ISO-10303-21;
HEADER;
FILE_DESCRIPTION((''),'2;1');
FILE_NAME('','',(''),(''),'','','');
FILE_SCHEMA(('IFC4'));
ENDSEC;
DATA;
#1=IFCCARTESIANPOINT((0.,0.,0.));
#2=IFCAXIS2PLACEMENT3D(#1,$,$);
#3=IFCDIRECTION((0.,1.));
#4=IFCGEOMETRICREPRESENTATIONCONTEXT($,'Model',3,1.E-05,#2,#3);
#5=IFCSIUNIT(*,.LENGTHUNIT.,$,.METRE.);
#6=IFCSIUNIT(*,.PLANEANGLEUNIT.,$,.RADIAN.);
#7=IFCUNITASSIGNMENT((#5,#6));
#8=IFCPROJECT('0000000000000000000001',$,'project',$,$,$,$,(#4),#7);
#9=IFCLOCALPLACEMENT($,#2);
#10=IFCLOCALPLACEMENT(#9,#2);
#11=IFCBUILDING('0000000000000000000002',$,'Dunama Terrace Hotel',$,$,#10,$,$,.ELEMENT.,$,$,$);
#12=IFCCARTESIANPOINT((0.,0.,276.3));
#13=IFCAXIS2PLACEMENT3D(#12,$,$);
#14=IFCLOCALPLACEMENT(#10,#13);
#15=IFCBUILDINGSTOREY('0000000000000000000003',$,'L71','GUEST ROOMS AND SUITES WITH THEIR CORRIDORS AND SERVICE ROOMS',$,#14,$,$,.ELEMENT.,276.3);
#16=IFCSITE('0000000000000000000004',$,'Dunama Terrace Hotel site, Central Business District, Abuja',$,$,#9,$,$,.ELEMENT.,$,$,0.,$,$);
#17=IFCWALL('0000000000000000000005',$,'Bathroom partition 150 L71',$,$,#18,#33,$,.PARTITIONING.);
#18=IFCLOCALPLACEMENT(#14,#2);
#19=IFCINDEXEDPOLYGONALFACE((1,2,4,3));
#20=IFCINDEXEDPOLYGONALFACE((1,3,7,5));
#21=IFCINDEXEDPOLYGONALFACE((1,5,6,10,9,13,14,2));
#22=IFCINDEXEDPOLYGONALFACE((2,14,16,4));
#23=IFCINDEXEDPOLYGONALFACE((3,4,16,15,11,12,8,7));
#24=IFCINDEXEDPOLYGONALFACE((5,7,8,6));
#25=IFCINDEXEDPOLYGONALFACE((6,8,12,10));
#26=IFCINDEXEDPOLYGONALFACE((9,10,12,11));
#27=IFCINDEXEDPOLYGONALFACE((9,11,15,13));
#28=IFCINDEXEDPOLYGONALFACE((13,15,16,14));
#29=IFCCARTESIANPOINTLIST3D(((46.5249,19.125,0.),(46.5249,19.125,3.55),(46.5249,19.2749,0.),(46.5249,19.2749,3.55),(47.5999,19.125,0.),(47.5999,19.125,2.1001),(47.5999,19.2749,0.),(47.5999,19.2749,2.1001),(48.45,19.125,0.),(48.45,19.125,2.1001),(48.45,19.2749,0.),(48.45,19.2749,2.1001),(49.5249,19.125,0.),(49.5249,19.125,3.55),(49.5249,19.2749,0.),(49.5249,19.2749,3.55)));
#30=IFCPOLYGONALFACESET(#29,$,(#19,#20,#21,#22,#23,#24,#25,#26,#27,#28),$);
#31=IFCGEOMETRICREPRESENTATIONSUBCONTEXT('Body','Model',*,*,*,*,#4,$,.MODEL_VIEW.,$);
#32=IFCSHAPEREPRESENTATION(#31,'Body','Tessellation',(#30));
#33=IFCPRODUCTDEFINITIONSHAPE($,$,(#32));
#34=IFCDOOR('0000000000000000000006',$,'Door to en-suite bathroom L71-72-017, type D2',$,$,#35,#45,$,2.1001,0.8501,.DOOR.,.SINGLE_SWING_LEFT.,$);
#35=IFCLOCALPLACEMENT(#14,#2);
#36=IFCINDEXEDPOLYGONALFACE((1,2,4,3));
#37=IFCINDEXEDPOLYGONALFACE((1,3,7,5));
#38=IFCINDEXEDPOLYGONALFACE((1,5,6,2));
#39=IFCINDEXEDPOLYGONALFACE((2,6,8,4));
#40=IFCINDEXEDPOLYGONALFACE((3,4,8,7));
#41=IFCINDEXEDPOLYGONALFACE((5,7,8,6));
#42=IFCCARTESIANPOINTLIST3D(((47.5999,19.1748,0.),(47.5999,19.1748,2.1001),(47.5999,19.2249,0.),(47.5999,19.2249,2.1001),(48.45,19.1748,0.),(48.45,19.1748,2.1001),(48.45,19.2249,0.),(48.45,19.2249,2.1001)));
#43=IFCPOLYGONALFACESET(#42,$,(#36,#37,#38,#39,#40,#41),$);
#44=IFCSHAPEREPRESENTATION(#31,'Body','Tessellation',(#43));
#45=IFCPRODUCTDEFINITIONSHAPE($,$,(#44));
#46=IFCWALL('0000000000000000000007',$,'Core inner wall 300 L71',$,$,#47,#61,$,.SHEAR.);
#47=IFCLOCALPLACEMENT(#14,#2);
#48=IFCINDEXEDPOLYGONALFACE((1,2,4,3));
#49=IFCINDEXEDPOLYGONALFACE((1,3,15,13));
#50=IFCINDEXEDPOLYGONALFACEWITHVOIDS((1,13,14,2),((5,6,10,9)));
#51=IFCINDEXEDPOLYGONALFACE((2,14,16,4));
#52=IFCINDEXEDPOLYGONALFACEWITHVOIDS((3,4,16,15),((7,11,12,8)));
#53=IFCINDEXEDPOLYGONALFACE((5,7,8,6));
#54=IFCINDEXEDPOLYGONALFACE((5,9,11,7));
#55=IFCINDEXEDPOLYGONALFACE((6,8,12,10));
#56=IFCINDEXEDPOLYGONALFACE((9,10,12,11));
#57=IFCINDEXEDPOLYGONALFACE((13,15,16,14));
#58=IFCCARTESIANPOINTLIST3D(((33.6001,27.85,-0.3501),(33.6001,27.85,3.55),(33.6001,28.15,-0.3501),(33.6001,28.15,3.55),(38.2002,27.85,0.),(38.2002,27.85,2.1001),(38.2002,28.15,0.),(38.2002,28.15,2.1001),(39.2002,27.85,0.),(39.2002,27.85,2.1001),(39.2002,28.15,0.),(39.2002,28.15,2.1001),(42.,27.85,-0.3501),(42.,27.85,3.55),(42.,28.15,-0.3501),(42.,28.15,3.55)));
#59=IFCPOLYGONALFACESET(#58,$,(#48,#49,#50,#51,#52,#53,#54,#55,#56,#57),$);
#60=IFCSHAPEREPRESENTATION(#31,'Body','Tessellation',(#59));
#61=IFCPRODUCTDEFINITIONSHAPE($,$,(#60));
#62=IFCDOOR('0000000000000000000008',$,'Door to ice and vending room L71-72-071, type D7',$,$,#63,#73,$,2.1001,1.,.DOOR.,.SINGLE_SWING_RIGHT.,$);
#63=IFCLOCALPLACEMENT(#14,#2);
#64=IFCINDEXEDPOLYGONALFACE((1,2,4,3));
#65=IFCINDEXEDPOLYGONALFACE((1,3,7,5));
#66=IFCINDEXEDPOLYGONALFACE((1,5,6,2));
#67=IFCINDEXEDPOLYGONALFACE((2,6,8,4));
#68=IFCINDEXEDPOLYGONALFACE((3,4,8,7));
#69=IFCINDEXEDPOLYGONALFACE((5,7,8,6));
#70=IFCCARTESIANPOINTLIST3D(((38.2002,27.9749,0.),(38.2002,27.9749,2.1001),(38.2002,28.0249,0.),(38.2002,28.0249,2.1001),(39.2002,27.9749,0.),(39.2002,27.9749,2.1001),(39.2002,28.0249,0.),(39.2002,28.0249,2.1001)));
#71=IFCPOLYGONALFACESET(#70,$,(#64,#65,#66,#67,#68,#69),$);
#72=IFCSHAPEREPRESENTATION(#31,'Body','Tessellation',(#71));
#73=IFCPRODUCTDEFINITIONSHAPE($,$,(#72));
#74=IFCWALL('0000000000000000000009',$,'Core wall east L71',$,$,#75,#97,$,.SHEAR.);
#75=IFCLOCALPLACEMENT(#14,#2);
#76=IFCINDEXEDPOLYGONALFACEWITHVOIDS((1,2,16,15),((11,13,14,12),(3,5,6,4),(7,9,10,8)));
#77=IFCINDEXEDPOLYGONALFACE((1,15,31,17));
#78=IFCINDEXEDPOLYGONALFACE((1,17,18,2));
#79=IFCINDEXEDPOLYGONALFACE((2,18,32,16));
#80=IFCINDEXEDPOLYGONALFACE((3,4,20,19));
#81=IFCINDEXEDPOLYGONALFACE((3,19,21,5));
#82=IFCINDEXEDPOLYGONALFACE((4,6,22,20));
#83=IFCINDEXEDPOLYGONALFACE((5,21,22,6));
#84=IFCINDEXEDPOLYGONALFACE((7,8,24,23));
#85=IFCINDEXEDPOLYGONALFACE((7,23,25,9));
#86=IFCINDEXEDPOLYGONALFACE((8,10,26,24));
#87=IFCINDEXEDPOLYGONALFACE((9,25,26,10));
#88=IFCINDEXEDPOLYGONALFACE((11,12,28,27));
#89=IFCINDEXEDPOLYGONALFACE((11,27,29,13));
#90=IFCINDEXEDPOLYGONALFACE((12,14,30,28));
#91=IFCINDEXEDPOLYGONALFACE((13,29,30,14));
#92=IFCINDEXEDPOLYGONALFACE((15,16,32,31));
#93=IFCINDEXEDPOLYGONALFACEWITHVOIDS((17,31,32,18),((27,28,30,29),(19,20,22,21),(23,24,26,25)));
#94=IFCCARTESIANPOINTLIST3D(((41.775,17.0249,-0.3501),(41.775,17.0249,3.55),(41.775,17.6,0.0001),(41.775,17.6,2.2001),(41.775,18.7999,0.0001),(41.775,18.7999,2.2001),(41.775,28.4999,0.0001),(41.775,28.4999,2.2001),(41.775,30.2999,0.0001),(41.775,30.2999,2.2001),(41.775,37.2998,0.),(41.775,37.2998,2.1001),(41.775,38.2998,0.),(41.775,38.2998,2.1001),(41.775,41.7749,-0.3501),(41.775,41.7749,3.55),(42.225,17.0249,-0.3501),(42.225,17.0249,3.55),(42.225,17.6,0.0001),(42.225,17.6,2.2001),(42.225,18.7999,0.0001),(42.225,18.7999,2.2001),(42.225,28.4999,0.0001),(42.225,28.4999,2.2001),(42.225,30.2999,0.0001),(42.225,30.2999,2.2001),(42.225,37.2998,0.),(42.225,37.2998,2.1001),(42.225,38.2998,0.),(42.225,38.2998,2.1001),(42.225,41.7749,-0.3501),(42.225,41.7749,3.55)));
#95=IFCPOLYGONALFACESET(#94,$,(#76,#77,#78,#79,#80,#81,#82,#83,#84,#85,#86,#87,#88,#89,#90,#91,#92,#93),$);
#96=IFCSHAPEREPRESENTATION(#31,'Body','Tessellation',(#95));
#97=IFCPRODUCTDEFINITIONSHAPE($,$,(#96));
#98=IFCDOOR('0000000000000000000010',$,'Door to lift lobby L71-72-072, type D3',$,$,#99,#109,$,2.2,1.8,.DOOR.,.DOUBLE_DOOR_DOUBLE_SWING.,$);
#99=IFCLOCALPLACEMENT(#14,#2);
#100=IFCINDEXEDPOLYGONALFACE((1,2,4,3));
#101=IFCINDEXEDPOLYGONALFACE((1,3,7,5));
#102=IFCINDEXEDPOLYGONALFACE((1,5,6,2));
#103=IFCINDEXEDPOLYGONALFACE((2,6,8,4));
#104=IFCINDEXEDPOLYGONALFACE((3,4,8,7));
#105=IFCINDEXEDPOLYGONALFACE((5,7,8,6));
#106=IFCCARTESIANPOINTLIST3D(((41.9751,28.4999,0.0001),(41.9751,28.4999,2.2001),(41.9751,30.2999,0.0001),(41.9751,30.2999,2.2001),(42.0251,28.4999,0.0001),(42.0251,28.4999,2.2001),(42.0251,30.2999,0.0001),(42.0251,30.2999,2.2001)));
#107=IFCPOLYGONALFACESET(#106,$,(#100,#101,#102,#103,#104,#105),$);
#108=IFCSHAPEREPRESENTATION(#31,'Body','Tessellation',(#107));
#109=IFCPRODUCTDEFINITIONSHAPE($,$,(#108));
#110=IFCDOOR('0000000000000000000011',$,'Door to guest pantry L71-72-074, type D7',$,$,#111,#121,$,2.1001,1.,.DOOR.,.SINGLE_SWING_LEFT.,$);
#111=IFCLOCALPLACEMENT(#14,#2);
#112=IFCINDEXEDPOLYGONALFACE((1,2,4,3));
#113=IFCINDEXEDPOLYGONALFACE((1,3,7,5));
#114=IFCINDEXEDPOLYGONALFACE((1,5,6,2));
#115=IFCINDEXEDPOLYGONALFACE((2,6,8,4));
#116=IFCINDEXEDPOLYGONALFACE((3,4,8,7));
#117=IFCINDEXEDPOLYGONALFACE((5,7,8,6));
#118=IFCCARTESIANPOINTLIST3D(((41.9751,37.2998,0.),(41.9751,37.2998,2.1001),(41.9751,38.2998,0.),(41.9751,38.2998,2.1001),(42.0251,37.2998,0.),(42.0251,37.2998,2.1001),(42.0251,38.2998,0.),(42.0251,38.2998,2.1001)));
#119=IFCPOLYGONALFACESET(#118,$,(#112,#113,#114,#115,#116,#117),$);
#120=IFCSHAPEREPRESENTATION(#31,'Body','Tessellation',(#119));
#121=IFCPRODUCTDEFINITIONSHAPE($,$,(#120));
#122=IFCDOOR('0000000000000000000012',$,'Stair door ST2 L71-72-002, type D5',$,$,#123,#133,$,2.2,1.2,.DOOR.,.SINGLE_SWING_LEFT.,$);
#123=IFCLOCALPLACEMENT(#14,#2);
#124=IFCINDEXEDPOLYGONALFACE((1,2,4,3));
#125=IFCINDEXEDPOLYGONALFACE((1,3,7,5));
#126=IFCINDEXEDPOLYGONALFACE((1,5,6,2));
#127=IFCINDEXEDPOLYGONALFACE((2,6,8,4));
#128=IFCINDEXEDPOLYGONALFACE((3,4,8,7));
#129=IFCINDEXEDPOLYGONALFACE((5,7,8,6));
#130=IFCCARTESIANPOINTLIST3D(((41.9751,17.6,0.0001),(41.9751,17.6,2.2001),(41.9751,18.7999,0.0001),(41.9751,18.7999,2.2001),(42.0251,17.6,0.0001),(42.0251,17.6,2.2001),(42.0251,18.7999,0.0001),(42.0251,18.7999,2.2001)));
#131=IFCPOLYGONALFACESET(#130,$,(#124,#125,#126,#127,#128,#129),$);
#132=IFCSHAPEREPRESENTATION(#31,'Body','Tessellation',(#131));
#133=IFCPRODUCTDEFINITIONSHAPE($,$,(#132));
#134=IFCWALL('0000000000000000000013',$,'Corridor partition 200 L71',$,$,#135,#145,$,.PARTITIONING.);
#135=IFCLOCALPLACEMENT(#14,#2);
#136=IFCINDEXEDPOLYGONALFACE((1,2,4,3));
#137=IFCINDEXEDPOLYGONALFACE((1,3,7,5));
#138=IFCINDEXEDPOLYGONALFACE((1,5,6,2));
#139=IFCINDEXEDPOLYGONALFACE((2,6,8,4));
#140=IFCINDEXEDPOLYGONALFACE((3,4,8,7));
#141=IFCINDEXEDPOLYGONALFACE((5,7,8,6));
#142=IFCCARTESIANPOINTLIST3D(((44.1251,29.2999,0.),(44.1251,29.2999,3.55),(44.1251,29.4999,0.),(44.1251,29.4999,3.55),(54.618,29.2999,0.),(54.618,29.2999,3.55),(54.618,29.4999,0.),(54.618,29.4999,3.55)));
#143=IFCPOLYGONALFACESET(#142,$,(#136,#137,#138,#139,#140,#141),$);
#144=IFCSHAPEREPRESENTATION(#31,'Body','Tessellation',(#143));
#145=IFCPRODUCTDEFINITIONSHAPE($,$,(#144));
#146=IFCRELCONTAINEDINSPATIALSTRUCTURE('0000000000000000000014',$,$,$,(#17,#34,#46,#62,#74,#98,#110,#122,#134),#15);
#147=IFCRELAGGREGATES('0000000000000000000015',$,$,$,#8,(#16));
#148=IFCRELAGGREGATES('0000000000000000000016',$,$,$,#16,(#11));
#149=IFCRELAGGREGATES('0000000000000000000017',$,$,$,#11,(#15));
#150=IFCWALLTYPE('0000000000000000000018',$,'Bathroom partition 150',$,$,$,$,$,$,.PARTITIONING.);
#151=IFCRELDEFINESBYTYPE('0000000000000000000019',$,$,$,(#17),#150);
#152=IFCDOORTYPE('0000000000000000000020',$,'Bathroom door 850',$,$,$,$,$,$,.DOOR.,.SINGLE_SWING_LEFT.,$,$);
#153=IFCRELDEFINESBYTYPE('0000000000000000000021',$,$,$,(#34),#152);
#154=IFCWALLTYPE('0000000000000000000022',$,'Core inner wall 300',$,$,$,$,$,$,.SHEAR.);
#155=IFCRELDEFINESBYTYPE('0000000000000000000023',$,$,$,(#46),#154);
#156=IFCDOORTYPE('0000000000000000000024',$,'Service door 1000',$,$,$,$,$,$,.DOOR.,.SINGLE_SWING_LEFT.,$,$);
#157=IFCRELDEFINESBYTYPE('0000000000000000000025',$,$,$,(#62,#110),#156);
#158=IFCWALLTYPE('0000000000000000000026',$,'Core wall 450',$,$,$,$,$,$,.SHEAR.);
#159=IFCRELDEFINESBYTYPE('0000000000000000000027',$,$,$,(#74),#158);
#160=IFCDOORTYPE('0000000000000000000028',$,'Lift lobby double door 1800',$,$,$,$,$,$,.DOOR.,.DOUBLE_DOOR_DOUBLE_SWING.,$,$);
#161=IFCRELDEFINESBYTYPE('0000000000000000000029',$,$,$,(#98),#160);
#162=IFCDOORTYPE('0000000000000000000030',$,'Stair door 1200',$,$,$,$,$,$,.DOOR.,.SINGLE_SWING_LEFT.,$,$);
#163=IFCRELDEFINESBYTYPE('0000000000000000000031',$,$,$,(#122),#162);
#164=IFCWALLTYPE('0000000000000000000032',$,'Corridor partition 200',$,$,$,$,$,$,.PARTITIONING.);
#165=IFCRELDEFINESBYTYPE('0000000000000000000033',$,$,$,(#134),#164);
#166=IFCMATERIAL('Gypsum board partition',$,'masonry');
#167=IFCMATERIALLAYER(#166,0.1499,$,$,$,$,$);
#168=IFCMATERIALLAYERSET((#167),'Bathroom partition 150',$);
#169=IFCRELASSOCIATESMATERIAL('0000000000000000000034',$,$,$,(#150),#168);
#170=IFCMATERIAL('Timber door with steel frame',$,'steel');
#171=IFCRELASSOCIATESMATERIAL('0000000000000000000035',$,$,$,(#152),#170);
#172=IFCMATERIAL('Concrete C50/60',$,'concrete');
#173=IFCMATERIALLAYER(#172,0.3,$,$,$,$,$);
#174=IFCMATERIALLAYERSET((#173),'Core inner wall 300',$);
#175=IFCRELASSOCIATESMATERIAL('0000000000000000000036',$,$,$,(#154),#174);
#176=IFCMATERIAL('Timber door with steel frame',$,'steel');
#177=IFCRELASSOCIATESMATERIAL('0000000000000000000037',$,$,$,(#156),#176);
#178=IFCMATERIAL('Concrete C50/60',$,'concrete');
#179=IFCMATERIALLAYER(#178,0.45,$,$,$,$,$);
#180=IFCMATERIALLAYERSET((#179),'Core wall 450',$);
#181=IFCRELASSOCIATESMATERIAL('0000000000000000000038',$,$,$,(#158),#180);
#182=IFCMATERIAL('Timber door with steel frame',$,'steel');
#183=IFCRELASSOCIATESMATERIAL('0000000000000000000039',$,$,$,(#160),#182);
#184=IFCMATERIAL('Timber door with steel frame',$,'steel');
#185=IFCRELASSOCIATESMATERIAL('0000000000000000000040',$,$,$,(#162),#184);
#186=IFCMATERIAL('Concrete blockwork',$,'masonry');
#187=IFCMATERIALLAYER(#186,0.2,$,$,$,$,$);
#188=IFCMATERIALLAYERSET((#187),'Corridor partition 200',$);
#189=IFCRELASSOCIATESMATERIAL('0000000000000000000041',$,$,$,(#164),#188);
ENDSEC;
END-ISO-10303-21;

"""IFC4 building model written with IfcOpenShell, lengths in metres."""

from ifc_helpers import new_model, si_unit, direction, frame, frame_2d, origin, place, context, subcontext, project, spatial, rectangle, extrude, material, layer, layer_set, type_object, element, fill, save


model = new_model("IFC4")

# Units and contexts
model_context = context("Model", 3, precision=1e-05, world=origin(), true_north=direction((0.0, 1.0)))
body_context = subcontext(model_context, "Body", "Model", "MODEL_VIEW")
ifc_project = project(units=[si_unit("LENGTHUNIT", "METRE"), si_unit("PLANEANGLEUNIT", "RADIAN")], contexts=[model_context])

# Site, building, storey
site_placement = place(None, origin())
site = spatial("IfcSite", under=ifc_project, at=site_placement, Name="Dunama Terrace Hotel site, Central Business District, Abuja", CompositionType="ELEMENT", RefElevation=0.0)
building_placement = place(site_placement, origin())
building = spatial("IfcBuilding", under=site, at=building_placement, Name="Dunama Terrace Hotel", CompositionType="ELEMENT")
storey_placement = place(building_placement, frame((0.0, 0.0, 276.3)))
storey = spatial("IfcBuildingStorey", under=building, at=storey_placement, Name="L71", Description="GUEST ROOMS AND SUITES WITH THEIR CORRIDORS AND SERVICE ROOMS", CompositionType="ELEMENT", Elevation=276.3)

# Walls, openings, doors
ifc_material_1 = material(Name="Gypsum board partition", Category="masonry")
ifc_layer_1 = layer(ifc_material_1, 0.1499)
ifc_layer_set_1 = layer_set([ifc_layer_1], Name="Bathroom partition 150")
wall_type_1 = type_object("IfcWallType", Name="Bathroom partition 150", PredefinedType="PARTITIONING", material=ifc_layer_set_1)
wall_1_placement = place(storey_placement, frame((46.5249, 19.2, 0.0), z_axis=(0.0, 0.0, 1.0), x_axis=(1.0, 0.0, 0.0)))
wall_1 = element("IfcWall", 1, at=wall_1_placement, inside=storey, type_object=wall_type_1, Name="Bathroom partition 150 L71", PredefinedType="PARTITIONING", context=body_context, shape_type="SweptSolid", body=[
    extrude(rectangle(XDim=3.0, YDim=0.1499, at=frame_2d((1.5, 0.0))), origin(), (0.0, 0.0, 1.0), 3.55),
])
opening_1_placement = place(wall_1_placement, frame((1.075, 0.0, 0.0)))
opening_1 = element("IfcOpeningElement", 2, at=opening_1_placement, cuts=wall_1, PredefinedType="OPENING", context=body_context, shape_type="SweptSolid", body=[
    extrude(rectangle(XDim=0.8501, YDim=2.1001, at=frame_2d((0.425, 1.05))), frame((0.0, 0.085, 0.0), z_axis=(0.0, -1.0, 0.0), x_axis=(1.0, 0.0, 0.0)), (0.0, 0.0, 1.0), 0.1699),
])
ifc_material_2 = material(Name="Timber door with steel frame", Category="steel")
door_type_1 = type_object("IfcDoorType", Name="Bathroom door 850", OperationType="SINGLE_SWING_LEFT", PredefinedType="DOOR", material=ifc_material_2)
door_1_placement = place(opening_1_placement, frame((0.8501, 0.0, 0.0), z_axis=(0.0, 0.0, 1.0), x_axis=(-1.0, 0.0, 0.0)))
door_1 = element("IfcDoor", 3, at=door_1_placement, inside=storey, type_object=door_type_1, Name="Door to en-suite bathroom L71-72-017, type D2", OperationType="SINGLE_SWING_LEFT", OverallHeight=2.1001, OverallWidth=0.8501, PredefinedType="DOOR", context=body_context, shape_type="SweptSolid", body=[
    extrude(rectangle(XDim=0.8501, YDim=2.1001, at=frame_2d((0.425, 1.05))), frame((0.0, 0.0251, 0.0), z_axis=(0.0, -1.0, 0.0), x_axis=(1.0, 0.0, 0.0)), (0.0, 0.0, 1.0), 0.05),
])
fill(opening_1, door_1)
ifc_material_3 = material(Name="Concrete C50/60", Category="concrete")
ifc_layer_2 = layer(ifc_material_3, 0.3)
ifc_layer_set_2 = layer_set([ifc_layer_2], Name="Core inner wall 300")
wall_type_2 = type_object("IfcWallType", Name="Core inner wall 300", PredefinedType="SHEAR", material=ifc_layer_set_2)
wall_2_placement = place(storey_placement, frame((33.6001, 28.0, -0.3501), z_axis=(0.0, 0.0, 1.0), x_axis=(1.0, 0.0, 0.0)))
wall_2 = element("IfcWall", 4, at=wall_2_placement, inside=storey, type_object=wall_type_2, Name="Core inner wall 300 L71", PredefinedType="SHEAR", context=body_context, shape_type="SweptSolid", body=[
    extrude(rectangle(XDim=8.3999, YDim=0.3, at=frame_2d((4.2, 0.0))), origin(), (0.0, 0.0, 1.0), 3.9001),
])
opening_2_placement = place(wall_2_placement, frame((4.6001, 0.0, 0.3501)))
opening_2 = element("IfcOpeningElement", 5, at=opening_2_placement, cuts=wall_2, PredefinedType="OPENING", context=body_context, shape_type="SweptSolid", body=[
    extrude(rectangle(XDim=1.0, YDim=2.1001, at=frame_2d((0.5, 1.05))), frame((0.0, 0.1599, 0.0), z_axis=(0.0, -1.0, 0.0), x_axis=(1.0, 0.0, 0.0)), (0.0, 0.0, 1.0), 0.3201),
])
ifc_material_4 = material(Name="Timber door with steel frame", Category="steel")
door_type_2 = type_object("IfcDoorType", Name="Service door 1000", OperationType="SINGLE_SWING_LEFT", PredefinedType="DOOR", material=ifc_material_4)
door_2_placement = place(opening_2_placement, frame((1.0, 0.0, 0.0), z_axis=(0.0, 0.0, 1.0), x_axis=(-1.0, 0.0, 0.0)))
door_2 = element("IfcDoor", 6, at=door_2_placement, inside=storey, type_object=door_type_2, Name="Door to ice and vending room L71-72-071, type D7", OperationType="SINGLE_SWING_RIGHT", OverallHeight=2.1001, OverallWidth=1.0, PredefinedType="DOOR", context=body_context, shape_type="SweptSolid", body=[
    extrude(rectangle(XDim=1.0, YDim=2.1001, at=frame_2d((0.5, 1.05))), frame((0.0, 0.0251, 0.0), z_axis=(0.0, -1.0, 0.0), x_axis=(1.0, 0.0, 0.0)), (0.0, 0.0, 1.0), 0.05),
])
fill(opening_2, door_2)

# Wall, openings, doors
ifc_material_5 = material(Name="Concrete C50/60", Category="concrete")
ifc_layer_3 = layer(ifc_material_5, 0.45)
ifc_layer_set_3 = layer_set([ifc_layer_3], Name="Core wall 450")
wall_type_3 = type_object("IfcWallType", Name="Core wall 450", PredefinedType="SHEAR", material=ifc_layer_set_3)
wall_3_placement = place(storey_placement, frame((42.0, 17.0249, -0.3501), z_axis=(0.0, 0.0, 1.0), x_axis=(0.0, 1.0, 0.0)))
wall_3 = element("IfcWall", 7, at=wall_3_placement, inside=storey, type_object=wall_type_3, Name="Core wall east L71", PredefinedType="SHEAR", context=body_context, shape_type="SweptSolid", body=[
    extrude(rectangle(XDim=24.75, YDim=0.45, at=frame_2d((12.375, 0.0))), origin(), (0.0, 0.0, 1.0), 3.9001),
])
opening_3_placement = place(wall_3_placement, frame((0.575, 0.0, 0.3501)))
opening_3 = element("IfcOpeningElement", 8, at=opening_3_placement, cuts=wall_3, PredefinedType="OPENING", context=body_context, shape_type="SweptSolid", body=[
    extrude(rectangle(XDim=1.2, YDim=2.2, at=frame_2d((0.6001, 1.1001))), frame((0.0, 0.2349, 0.0), z_axis=(0.0, -1.0, 0.0), x_axis=(1.0, 0.0, 0.0)), (0.0, 0.0, 1.0), 0.47),
])
opening_4_placement = place(wall_3_placement, frame((11.4751, 0.0, 0.3501)))
opening_4 = element("IfcOpeningElement", 9, at=opening_4_placement, cuts=wall_3, PredefinedType="OPENING", context=body_context, shape_type="SweptSolid", body=[
    extrude(rectangle(XDim=1.8, YDim=2.2, at=frame_2d((0.8999, 1.1001))), frame((0.0, 0.2349, 0.0), z_axis=(0.0, -1.0, 0.0), x_axis=(1.0, 0.0, 0.0)), (0.0, 0.0, 1.0), 0.47),
])
opening_5_placement = place(wall_3_placement, frame((20.2749, 0.0, 0.3501)))
opening_5 = element("IfcOpeningElement", 10, at=opening_5_placement, cuts=wall_3, PredefinedType="OPENING", context=body_context, shape_type="SweptSolid", body=[
    extrude(rectangle(XDim=1.0, YDim=2.1001, at=frame_2d((0.5, 1.05))), frame((0.0, 0.2349, 0.0), z_axis=(0.0, -1.0, 0.0), x_axis=(1.0, 0.0, 0.0)), (0.0, 0.0, 1.0), 0.47),
])
ifc_material_6 = material(Name="Timber door with steel frame", Category="steel")
door_type_3 = type_object("IfcDoorType", Name="Lift lobby double door 1800", OperationType="DOUBLE_DOOR_DOUBLE_SWING", PredefinedType="DOOR", material=ifc_material_6)
door_3_placement = place(opening_4_placement, origin())
door_3 = element("IfcDoor", 11, at=door_3_placement, inside=storey, type_object=door_type_3, Name="Door to lift lobby L71-72-072, type D3", OperationType="DOUBLE_DOOR_DOUBLE_SWING", OverallHeight=2.2, OverallWidth=1.8, PredefinedType="DOOR", context=body_context, shape_type="SweptSolid", body=[
    extrude(rectangle(XDim=1.8, YDim=2.2, at=frame_2d((0.8999, 1.1001))), frame((0.0, 0.0249, 0.0), z_axis=(0.0, -1.0, 0.0), x_axis=(1.0, 0.0, 0.0)), (0.0, 0.0, 1.0), 0.05),
])
fill(opening_4, door_3)
door_4_placement = place(opening_5_placement, origin())
door_4 = element("IfcDoor", 12, at=door_4_placement, inside=storey, type_object=door_type_2, Name="Door to guest pantry L71-72-074, type D7", OperationType="SINGLE_SWING_LEFT", OverallHeight=2.1001, OverallWidth=1.0, PredefinedType="DOOR", context=body_context, shape_type="SweptSolid", body=[
    extrude(rectangle(XDim=1.0, YDim=2.1001, at=frame_2d((0.5, 1.05))), frame((0.0, 0.0249, 0.0), z_axis=(0.0, -1.0, 0.0), x_axis=(1.0, 0.0, 0.0)), (0.0, 0.0, 1.0), 0.05),
])
fill(opening_5, door_4)
ifc_material_7 = material(Name="Timber door with steel frame", Category="steel")
door_type_4 = type_object("IfcDoorType", Name="Stair door 1200", OperationType="SINGLE_SWING_LEFT", PredefinedType="DOOR", material=ifc_material_7)
door_5_placement = place(opening_3_placement, origin())
door_5 = element("IfcDoor", 13, at=door_5_placement, inside=storey, type_object=door_type_4, Name="Stair door ST2 L71-72-002, type D5", OperationType="SINGLE_SWING_LEFT", OverallHeight=2.2, OverallWidth=1.2, PredefinedType="DOOR", context=body_context, shape_type="SweptSolid", body=[
    extrude(rectangle(XDim=1.2, YDim=2.2, at=frame_2d((0.6001, 1.1001))), frame((0.0, 0.0249, 0.0), z_axis=(0.0, -1.0, 0.0), x_axis=(1.0, 0.0, 0.0)), (0.0, 0.0, 1.0), 0.05),
])
fill(opening_3, door_5)

# Wall
ifc_material_8 = material(Name="Concrete blockwork", Category="masonry")
ifc_layer_4 = layer(ifc_material_8, 0.2)
ifc_layer_set_4 = layer_set([ifc_layer_4], Name="Corridor partition 200")
wall_type_4 = type_object("IfcWallType", Name="Corridor partition 200", PredefinedType="PARTITIONING", material=ifc_layer_set_4)
wall_4_placement = place(storey_placement, frame((44.125, 29.3999, 0.0), z_axis=(0.0, 0.0, 1.0), x_axis=(1.0, 0.0, 0.0)))
element("IfcWall", 14, at=wall_4_placement, inside=storey, type_object=wall_type_4, Name="Corridor partition 200 L71", PredefinedType="PARTITIONING", context=body_context, shape_type="SweptSolid", body=[
    extrude(rectangle(XDim=10.4929, YDim=0.2, at=frame_2d((5.2466, 0.0))), origin(), (0.0, 0.0, 1.0), 3.55),
])

save(model, "model.ifc")
